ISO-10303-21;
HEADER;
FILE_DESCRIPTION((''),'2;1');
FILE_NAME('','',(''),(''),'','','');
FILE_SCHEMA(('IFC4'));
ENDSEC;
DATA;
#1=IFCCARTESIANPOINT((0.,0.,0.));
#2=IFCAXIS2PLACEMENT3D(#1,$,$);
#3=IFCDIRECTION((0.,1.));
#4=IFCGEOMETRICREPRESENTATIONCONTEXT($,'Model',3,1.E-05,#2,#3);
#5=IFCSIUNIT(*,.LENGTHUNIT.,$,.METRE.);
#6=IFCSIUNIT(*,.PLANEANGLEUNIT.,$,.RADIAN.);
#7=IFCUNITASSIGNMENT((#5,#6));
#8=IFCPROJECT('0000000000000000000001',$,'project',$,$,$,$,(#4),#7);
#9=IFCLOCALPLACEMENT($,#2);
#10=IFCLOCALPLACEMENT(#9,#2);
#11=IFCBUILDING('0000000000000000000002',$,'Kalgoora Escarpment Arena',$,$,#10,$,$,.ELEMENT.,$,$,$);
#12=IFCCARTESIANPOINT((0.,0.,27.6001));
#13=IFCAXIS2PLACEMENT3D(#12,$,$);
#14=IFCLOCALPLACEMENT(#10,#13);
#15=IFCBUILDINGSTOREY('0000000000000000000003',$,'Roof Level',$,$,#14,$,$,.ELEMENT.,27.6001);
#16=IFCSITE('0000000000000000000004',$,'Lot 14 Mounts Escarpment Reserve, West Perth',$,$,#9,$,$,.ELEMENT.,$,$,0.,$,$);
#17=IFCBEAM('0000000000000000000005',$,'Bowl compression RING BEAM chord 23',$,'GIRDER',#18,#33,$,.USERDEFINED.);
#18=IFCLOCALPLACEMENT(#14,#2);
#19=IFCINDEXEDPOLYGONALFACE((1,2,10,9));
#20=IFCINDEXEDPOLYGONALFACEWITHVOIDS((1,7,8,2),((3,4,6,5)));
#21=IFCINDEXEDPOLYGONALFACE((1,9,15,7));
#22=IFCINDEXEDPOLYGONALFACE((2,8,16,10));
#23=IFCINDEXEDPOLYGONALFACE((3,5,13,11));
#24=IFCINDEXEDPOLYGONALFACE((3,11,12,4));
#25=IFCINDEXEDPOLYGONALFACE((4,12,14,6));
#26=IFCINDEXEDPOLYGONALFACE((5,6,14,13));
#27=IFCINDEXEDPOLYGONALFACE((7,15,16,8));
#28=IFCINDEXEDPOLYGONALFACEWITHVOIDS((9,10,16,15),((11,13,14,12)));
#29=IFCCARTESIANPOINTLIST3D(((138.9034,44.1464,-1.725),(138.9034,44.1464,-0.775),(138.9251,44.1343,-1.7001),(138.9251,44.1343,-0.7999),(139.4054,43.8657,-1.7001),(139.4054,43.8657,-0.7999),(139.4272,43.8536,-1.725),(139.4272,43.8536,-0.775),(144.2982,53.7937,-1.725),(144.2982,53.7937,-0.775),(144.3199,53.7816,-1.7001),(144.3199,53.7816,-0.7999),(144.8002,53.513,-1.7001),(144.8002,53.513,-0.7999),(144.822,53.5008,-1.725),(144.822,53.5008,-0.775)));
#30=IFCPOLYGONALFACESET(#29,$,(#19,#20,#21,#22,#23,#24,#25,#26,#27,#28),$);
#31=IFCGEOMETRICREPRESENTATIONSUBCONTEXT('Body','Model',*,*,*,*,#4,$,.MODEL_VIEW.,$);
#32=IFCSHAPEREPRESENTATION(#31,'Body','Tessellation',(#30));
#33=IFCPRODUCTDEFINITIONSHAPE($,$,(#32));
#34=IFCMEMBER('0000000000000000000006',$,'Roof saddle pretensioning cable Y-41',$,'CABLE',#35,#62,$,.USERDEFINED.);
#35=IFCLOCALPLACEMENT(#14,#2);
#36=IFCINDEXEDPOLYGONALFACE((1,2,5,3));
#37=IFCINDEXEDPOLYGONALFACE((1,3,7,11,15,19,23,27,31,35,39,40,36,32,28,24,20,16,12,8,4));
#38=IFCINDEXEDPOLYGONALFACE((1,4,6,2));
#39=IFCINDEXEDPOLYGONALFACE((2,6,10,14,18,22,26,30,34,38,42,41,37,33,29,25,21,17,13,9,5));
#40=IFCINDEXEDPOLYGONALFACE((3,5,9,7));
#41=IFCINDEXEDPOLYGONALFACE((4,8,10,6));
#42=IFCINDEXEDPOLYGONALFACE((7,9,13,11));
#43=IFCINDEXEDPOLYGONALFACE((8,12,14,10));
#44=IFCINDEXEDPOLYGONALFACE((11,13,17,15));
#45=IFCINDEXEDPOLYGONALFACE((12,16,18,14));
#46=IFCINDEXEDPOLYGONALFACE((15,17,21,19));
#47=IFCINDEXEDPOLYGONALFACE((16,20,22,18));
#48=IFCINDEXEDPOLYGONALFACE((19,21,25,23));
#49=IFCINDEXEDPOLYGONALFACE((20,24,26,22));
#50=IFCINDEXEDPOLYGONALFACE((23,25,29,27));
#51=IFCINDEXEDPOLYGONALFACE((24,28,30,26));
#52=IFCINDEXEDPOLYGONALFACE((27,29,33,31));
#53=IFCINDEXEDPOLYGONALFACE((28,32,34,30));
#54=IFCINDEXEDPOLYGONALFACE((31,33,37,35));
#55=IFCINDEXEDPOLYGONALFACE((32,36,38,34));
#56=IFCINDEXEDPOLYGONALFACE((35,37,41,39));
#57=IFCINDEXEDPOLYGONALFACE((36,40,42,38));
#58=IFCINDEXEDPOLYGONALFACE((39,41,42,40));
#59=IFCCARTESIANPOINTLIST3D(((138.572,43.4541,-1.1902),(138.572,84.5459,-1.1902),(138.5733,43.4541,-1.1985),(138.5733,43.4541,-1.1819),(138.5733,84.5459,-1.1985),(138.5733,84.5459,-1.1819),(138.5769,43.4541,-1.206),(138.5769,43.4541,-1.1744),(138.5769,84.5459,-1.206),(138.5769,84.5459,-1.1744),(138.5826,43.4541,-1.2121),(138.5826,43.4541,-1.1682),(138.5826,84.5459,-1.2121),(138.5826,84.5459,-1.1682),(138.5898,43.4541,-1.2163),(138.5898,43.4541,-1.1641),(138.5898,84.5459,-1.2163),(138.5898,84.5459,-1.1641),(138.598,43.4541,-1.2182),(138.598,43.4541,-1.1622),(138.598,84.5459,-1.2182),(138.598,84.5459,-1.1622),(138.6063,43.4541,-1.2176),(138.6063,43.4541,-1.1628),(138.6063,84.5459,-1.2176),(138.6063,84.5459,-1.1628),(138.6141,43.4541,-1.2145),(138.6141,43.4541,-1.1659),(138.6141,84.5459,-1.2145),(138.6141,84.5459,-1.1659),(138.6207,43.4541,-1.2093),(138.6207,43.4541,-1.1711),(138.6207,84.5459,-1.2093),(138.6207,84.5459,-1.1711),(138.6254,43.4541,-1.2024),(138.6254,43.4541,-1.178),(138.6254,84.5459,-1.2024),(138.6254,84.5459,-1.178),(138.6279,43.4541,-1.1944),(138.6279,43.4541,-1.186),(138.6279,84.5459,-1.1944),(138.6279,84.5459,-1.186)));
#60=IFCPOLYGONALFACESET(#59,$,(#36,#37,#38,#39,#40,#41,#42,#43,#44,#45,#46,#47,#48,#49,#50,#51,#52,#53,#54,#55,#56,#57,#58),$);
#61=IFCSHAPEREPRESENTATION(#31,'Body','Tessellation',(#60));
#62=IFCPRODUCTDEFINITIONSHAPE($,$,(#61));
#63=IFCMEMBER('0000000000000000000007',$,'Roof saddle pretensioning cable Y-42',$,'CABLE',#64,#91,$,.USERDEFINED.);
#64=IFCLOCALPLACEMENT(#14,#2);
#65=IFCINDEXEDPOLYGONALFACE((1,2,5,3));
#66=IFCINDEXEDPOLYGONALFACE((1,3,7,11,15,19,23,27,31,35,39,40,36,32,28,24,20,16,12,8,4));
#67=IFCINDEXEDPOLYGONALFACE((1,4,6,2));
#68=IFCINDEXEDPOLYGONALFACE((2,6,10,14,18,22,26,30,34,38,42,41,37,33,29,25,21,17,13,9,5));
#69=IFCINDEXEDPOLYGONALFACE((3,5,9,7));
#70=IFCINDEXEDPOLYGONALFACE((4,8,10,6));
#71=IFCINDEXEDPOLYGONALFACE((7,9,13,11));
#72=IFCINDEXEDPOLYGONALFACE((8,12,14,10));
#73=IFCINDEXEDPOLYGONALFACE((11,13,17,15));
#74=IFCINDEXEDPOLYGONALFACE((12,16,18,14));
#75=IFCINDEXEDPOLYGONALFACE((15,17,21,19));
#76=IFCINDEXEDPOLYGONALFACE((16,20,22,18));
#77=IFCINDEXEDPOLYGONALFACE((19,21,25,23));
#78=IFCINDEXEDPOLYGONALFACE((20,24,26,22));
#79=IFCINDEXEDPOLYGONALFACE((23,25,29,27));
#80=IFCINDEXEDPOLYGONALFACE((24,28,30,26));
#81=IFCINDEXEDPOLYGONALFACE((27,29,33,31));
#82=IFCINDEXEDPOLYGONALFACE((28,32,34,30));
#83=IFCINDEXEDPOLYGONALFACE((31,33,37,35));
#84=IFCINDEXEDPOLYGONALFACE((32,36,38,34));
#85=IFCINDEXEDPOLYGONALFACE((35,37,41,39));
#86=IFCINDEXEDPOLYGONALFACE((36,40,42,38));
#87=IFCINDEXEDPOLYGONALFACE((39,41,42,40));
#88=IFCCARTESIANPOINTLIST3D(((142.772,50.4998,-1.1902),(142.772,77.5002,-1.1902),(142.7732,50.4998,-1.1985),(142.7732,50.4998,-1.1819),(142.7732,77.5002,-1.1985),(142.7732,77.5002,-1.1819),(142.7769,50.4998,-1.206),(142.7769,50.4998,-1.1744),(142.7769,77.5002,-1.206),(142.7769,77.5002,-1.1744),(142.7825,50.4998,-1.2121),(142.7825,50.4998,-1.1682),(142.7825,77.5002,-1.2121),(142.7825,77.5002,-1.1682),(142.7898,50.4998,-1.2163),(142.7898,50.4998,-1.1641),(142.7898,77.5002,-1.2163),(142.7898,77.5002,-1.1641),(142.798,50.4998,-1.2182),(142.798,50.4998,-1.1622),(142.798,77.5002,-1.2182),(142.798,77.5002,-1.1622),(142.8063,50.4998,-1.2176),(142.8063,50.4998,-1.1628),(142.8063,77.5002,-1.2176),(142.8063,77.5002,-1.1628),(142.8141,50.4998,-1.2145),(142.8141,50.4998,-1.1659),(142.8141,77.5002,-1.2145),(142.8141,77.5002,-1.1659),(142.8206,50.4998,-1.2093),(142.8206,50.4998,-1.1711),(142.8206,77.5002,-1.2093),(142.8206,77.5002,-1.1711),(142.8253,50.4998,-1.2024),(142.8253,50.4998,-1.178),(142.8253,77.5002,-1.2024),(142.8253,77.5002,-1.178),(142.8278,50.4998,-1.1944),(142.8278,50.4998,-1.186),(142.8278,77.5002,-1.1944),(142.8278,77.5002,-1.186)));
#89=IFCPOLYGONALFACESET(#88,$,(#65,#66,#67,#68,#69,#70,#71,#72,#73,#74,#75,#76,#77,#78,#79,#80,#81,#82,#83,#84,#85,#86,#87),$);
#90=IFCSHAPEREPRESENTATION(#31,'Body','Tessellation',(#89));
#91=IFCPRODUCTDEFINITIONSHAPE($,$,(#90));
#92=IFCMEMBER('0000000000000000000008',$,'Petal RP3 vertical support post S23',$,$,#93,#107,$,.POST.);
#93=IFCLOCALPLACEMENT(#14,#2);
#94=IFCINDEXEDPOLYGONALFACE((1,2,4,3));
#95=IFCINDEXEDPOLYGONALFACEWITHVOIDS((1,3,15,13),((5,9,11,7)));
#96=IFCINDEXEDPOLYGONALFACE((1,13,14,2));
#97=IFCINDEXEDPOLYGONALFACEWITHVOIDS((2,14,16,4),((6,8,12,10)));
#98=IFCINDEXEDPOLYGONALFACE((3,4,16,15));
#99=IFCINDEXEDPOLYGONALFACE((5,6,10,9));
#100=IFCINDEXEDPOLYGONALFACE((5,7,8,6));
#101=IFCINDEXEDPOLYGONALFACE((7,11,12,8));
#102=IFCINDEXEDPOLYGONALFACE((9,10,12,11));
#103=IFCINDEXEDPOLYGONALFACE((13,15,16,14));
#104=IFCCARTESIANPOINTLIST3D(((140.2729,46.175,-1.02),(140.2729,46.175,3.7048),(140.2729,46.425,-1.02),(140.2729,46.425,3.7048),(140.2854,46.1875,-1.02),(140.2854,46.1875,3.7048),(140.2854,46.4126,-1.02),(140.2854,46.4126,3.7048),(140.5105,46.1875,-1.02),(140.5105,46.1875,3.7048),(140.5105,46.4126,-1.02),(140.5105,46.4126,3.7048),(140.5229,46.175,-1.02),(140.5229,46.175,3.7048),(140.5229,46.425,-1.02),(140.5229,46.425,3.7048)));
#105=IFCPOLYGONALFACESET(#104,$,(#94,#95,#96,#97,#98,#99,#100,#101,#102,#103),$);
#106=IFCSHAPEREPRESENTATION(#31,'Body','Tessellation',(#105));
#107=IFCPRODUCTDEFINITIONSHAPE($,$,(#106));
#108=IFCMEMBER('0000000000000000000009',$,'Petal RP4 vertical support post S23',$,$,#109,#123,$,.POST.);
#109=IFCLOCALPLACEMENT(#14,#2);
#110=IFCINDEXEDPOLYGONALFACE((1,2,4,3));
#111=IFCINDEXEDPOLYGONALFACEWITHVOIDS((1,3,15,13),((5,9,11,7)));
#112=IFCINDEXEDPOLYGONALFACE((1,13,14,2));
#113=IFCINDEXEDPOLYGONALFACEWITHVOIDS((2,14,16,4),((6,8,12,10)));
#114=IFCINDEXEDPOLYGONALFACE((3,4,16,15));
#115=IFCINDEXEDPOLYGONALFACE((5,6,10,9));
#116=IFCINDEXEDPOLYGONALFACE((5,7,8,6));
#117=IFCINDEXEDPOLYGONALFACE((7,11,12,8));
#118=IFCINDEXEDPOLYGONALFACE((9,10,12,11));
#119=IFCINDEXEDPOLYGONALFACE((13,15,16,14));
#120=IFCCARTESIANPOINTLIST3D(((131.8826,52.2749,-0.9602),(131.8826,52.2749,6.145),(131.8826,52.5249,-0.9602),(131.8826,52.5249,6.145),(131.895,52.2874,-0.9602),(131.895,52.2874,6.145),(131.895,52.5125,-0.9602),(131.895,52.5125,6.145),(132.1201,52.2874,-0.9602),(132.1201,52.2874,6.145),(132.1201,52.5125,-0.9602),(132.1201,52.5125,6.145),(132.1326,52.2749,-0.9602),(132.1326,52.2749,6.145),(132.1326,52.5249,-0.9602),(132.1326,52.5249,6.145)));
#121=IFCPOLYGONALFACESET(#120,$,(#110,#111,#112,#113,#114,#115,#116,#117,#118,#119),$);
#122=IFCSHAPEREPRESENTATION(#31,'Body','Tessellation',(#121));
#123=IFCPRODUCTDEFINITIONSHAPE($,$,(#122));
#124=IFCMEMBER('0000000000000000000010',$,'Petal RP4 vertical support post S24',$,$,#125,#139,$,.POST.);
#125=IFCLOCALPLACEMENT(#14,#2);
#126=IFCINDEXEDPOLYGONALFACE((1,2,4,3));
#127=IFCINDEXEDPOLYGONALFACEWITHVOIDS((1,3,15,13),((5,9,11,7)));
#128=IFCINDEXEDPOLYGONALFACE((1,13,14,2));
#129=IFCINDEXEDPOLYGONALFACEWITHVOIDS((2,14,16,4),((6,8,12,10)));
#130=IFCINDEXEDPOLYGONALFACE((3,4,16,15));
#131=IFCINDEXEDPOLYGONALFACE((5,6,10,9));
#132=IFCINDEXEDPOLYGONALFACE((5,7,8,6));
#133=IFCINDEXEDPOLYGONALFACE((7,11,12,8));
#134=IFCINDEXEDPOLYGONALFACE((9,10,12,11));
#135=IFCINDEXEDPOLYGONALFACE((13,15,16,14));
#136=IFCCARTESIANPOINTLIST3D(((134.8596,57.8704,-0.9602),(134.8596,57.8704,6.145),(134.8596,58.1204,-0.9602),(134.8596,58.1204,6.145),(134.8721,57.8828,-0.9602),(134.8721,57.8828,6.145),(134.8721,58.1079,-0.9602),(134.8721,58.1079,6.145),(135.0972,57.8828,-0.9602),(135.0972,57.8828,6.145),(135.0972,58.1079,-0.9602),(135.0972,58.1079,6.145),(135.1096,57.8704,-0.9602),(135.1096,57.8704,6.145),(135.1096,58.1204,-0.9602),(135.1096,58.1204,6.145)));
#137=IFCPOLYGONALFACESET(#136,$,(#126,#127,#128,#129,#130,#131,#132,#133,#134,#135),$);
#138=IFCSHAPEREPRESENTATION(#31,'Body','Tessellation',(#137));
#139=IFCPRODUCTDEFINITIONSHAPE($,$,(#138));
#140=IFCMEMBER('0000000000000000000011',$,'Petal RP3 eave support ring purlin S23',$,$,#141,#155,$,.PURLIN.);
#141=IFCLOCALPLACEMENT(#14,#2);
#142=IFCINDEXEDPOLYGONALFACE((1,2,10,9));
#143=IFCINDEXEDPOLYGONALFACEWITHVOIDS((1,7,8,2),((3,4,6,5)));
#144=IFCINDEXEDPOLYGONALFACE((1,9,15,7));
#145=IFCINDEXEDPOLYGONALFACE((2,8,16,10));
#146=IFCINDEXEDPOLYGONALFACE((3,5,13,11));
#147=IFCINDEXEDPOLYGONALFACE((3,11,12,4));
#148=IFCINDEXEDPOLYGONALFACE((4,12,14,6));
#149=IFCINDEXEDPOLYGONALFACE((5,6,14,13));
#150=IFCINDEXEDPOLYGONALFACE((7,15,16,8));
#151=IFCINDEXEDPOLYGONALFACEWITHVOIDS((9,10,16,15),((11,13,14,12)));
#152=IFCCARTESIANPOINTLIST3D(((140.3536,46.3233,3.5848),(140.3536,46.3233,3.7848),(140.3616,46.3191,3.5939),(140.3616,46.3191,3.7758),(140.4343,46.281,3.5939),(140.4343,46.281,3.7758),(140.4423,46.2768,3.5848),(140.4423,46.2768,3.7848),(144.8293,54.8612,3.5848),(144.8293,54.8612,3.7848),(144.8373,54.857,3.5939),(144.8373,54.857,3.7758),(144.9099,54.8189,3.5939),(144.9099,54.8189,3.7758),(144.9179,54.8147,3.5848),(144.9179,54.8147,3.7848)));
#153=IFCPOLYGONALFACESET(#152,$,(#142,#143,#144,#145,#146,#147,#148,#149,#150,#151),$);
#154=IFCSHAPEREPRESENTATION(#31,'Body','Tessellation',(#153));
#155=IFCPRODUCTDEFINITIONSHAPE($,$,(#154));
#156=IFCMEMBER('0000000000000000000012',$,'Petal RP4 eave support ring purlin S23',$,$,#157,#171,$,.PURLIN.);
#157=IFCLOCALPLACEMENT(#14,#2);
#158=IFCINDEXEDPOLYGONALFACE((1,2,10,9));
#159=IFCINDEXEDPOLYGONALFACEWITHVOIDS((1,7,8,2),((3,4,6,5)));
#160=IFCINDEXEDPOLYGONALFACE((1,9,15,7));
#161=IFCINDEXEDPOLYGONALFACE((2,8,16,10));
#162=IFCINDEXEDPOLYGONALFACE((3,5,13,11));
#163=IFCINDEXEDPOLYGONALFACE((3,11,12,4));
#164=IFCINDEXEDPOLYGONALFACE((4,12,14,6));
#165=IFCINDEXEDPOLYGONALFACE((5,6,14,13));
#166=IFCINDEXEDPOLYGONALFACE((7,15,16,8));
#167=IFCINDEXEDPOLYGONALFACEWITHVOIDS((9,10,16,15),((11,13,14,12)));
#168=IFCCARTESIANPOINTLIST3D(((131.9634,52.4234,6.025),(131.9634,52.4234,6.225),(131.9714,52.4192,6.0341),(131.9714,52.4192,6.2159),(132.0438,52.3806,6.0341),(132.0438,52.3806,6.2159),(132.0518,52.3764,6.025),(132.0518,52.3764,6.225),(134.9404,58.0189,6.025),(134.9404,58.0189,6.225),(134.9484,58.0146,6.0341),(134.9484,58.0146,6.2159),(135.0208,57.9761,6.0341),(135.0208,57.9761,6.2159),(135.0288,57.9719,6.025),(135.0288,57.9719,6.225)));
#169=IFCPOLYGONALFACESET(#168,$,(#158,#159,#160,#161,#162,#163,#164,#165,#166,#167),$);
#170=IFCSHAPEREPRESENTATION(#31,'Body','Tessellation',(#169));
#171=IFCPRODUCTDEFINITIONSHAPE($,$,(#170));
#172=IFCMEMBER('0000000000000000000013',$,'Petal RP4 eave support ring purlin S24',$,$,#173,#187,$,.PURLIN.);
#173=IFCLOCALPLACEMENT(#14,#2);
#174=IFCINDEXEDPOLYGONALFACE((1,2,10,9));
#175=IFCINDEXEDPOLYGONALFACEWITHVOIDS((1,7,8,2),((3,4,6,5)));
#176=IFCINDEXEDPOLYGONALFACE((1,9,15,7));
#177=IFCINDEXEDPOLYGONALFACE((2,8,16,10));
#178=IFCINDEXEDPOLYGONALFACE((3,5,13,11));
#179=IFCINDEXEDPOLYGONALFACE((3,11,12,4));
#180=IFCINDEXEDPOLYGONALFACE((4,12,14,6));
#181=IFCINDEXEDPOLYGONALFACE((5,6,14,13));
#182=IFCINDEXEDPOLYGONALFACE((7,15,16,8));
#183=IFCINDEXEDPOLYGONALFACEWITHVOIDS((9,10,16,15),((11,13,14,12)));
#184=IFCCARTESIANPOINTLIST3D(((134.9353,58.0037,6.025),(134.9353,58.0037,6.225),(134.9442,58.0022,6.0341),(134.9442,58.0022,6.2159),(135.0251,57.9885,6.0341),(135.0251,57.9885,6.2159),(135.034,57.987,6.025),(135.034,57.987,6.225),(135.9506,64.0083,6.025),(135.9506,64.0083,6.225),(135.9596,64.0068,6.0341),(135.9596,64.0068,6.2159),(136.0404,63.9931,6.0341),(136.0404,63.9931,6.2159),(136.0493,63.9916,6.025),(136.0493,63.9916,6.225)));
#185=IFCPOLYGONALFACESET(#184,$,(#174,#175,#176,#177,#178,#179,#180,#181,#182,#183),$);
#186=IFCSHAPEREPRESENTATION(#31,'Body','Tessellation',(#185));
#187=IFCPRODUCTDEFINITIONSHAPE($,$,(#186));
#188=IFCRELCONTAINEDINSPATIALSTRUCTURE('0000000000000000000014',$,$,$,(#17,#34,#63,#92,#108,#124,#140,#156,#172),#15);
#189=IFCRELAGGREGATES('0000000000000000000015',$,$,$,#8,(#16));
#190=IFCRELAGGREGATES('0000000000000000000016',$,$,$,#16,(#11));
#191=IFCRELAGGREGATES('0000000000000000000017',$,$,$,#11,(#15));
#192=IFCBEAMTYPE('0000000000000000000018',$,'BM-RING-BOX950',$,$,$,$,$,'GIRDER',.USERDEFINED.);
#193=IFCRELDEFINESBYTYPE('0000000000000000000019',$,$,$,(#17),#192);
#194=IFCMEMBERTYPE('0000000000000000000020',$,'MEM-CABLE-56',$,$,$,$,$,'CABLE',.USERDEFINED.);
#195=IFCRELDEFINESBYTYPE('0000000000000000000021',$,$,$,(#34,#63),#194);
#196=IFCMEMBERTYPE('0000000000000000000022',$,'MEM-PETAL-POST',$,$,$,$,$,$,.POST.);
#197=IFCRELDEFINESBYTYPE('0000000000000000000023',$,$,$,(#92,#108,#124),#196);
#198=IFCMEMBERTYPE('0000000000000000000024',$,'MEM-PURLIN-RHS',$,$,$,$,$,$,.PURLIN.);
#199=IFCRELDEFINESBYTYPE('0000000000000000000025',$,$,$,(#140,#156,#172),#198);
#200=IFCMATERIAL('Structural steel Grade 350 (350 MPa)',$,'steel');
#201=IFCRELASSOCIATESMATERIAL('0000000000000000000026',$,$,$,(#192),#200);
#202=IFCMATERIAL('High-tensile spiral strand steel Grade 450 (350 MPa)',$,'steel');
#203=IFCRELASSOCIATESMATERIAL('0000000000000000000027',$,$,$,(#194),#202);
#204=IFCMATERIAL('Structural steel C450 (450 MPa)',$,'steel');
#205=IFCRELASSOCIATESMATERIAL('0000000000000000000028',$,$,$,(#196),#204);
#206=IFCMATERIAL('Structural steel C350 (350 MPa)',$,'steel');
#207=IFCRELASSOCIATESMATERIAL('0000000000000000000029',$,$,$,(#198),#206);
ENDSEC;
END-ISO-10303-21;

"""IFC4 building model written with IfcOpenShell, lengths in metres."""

from ifc_helpers import new_model, si_unit, direction, frame, origin, origin_2d, place, context, subcontext, project, spatial, hollow_rectangle, circle, extrude, material, material_profile, profile_set, type_object, element, save


model = new_model("IFC4")

# Units and contexts
model_context = context("Model", 3, precision=1e-05, world=origin(), true_north=direction((0.0, 1.0)))
body_context = subcontext(model_context, "Body", "Model", "MODEL_VIEW")
ifc_project = project(units=[si_unit("LENGTHUNIT", "METRE"), si_unit("PLANEANGLEUNIT", "RADIAN")], contexts=[model_context])

# Site, building, storey
site_placement = place(None, origin())
site = spatial("IfcSite", under=ifc_project, at=site_placement, Name="Lot 14 Mounts Escarpment Reserve, West Perth", CompositionType="ELEMENT", RefElevation=0.0)
building_placement = place(site_placement, origin())
building = spatial("IfcBuilding", under=site, at=building_placement, Name="Kalgoora Escarpment Arena", CompositionType="ELEMENT")
storey_placement = place(building_placement, frame((0.0, 0.0, 27.6001)))
storey = spatial("IfcBuildingStorey", under=building, at=storey_placement, Name="Roof Level", CompositionType="ELEMENT", Elevation=27.6001)

# Beam
ifc_material_1 = material(Name="Structural steel Grade 350 (350 MPa)", Category="steel")
ifc_material_profile_1 = material_profile(ifc_material_1, hollow_rectangle(XDim=0.6001, YDim=0.95, WallThickness=0.0249, at=origin_2d()))
ifc_profile_set_1 = profile_set([ifc_material_profile_1], Name="Structural steel Grade 350 (350 MPa)")
beam_type = type_object("IfcBeamType", Name="BM-RING-BOX950", ElementType="GIRDER", PredefinedType="USERDEFINED", material=ifc_profile_set_1)
beam_placement = place(storey_placement, frame((139.1653, 44.0, -1.25), z_axis=(0.488075, 0.872802, 0.0), x_axis=(-0.872802, 0.488075, 0.0)))
element("IfcBeam", 1, at=beam_placement, inside=storey, type_object=beam_type, Name="Bowl compression RING BEAM chord 23", ObjectType="GIRDER", PredefinedType="USERDEFINED", context=body_context, shape_type="SweptSolid", body=[
    extrude(hollow_rectangle(XDim=0.6001, YDim=0.95, WallThickness=0.0249, at=origin_2d()), origin(), (0.0, 0.0, 1.0), 11.0532),
])

# Members
ifc_material_2 = material(Name="High-tensile spiral strand steel Grade 450 (350 MPa)", Category="steel")
ifc_material_profile_2 = material_profile(ifc_material_2, circle(Radius=0.0281, at=origin_2d()))
ifc_profile_set_2 = profile_set([ifc_material_profile_2], Name="High-tensile spiral strand steel Grade 450 (350 MPa)")
member_type_1 = type_object("IfcMemberType", Name="MEM-CABLE-56", ElementType="CABLE", PredefinedType="USERDEFINED", material=ifc_profile_set_2)
member_1_placement = place(storey_placement, frame((138.6001, 43.4541, -1.1902), z_axis=(0.0, 1.0, 0.0), x_axis=(-1.0, 0.0, 0.0)))
element("IfcMember", 2, at=member_1_placement, inside=storey, type_object=member_type_1, Name="Roof saddle pretensioning cable Y-41", ObjectType="CABLE", PredefinedType="USERDEFINED", context=body_context, shape_type="SweptSolid", body=[
    extrude(circle(Radius=0.0281, at=origin_2d()), origin(), (0.0, 0.0, 1.0), 41.0918),
])
member_2_placement = place(storey_placement, frame((142.8, 50.4998, -1.1902), z_axis=(0.0, 1.0, 0.0), x_axis=(-1.0, 0.0, 0.0)))
element("IfcMember", 3, at=member_2_placement, inside=storey, type_object=member_type_1, Name="Roof saddle pretensioning cable Y-42", ObjectType="CABLE", PredefinedType="USERDEFINED", context=body_context, shape_type="SweptSolid", body=[
    extrude(circle(Radius=0.0281, at=origin_2d()), origin(), (0.0, 0.0, 1.0), 27.0005),
])
ifc_material_3 = material(Name="Structural steel C450 (450 MPa)", Category="steel")
ifc_material_profile_3 = material_profile(ifc_material_3, hollow_rectangle(XDim=0.25, YDim=0.25, WallThickness=0.0125, at=origin_2d()))
ifc_profile_set_3 = profile_set([ifc_material_profile_3], Name="Structural steel C450 (450 MPa)")
member_type_2 = type_object("IfcMemberType", Name="MEM-PETAL-POST", PredefinedType="POST", material=ifc_profile_set_3)
member_3_placement = place(storey_placement, frame((140.3979, 46.3, -1.02), z_axis=(0.0, 0.0, 1.0), x_axis=(1.0, 0.0, 0.0)))
element("IfcMember", 4, at=member_3_placement, inside=storey, type_object=member_type_2, Name="Petal RP3 vertical support post S23", PredefinedType="POST", context=body_context, shape_type="SweptSolid", body=[
    extrude(hollow_rectangle(XDim=0.25, YDim=0.25, WallThickness=0.0125, at=origin_2d()), origin(), (0.0, 0.0, 1.0), 4.7249),
])
for number, where, z_axis, x_axis, name in (
    (5, (132.0076, 52.3999, -0.9602), (0.0, 0.0, 1.0), (1.0, 0.0, 0.0), "Petal RP4 vertical support post S23"),
    (6, (134.9846, 57.9954, -0.9602), (0.0, 0.0, 1.0), (1.0, 0.0, 0.0), "Petal RP4 vertical support post S24"),
):
    element("IfcMember", number, at=place(storey_placement, frame(where, z_axis=z_axis, x_axis=x_axis)), inside=storey, type_object=member_type_2, Name=name, PredefinedType="POST", context=body_context, shape_type="SweptSolid", body=[
        extrude(hollow_rectangle(XDim=0.25, YDim=0.25, WallThickness=0.0125, at=origin_2d()), origin(), (0.0, 0.0, 1.0), 7.1052),
    ])
ifc_material_4 = material(Name="Structural steel C350 (350 MPa)", Category="steel")
ifc_material_profile_4 = material_profile(ifc_material_4, hollow_rectangle(XDim=0.1001, YDim=0.2, WallThickness=0.009, at=origin_2d()))
ifc_profile_set_4 = profile_set([ifc_material_profile_4], Name="Structural steel C350 (350 MPa)")
member_type_3 = type_object("IfcMemberType", Name="MEM-PURLIN-RHS", PredefinedType="PURLIN", material=ifc_profile_set_4)
member_4_placement = place(storey_placement, frame((140.3979, 46.3, 3.6848), z_axis=(0.464282, 0.885687, 0.0), x_axis=(-0.885687, 0.464282, 0.0)))
element("IfcMember", 7, at=member_4_placement, inside=storey, type_object=member_type_3, Name="Petal RP3 eave support ring purlin S23", PredefinedType="PURLIN", context=body_context, shape_type="SweptSolid", body=[
    extrude(hollow_rectangle(XDim=0.1001, YDim=0.2, WallThickness=0.009, at=origin_2d()), origin(), (0.0, 0.0, 1.0), 9.6399),
])
member_5_placement = place(storey_placement, frame((132.0076, 52.3999, 6.125), z_axis=(0.469704, 0.882824, 0.0), x_axis=(-0.882824, 0.469704, 0.0)))
element("IfcMember", 8, at=member_5_placement, inside=storey, type_object=member_type_3, Name="Petal RP4 eave support ring purlin S23", PredefinedType="PURLIN", context=body_context, shape_type="SweptSolid", body=[
    extrude(hollow_rectangle(XDim=0.1001, YDim=0.2, WallThickness=0.009, at=origin_2d()), origin(), (0.0, 0.0, 1.0), 6.3381),
])
member_6_placement = place(storey_placement, frame((134.9846, 57.9954, 6.125), z_axis=(0.166732, 0.986002, 0.0), x_axis=(-0.986002, 0.166732, 0.0)))
element("IfcMember", 9, at=member_6_placement, inside=storey, type_object=member_type_3, Name="Petal RP4 eave support ring purlin S24", PredefinedType="PURLIN", context=body_context, shape_type="SweptSolid", body=[
    extrude(hollow_rectangle(XDim=0.1001, YDim=0.2, WallThickness=0.009, at=origin_2d()), origin(), (0.0, 0.0, 1.0), 6.0898),
])

save(model, "model.ifc")
